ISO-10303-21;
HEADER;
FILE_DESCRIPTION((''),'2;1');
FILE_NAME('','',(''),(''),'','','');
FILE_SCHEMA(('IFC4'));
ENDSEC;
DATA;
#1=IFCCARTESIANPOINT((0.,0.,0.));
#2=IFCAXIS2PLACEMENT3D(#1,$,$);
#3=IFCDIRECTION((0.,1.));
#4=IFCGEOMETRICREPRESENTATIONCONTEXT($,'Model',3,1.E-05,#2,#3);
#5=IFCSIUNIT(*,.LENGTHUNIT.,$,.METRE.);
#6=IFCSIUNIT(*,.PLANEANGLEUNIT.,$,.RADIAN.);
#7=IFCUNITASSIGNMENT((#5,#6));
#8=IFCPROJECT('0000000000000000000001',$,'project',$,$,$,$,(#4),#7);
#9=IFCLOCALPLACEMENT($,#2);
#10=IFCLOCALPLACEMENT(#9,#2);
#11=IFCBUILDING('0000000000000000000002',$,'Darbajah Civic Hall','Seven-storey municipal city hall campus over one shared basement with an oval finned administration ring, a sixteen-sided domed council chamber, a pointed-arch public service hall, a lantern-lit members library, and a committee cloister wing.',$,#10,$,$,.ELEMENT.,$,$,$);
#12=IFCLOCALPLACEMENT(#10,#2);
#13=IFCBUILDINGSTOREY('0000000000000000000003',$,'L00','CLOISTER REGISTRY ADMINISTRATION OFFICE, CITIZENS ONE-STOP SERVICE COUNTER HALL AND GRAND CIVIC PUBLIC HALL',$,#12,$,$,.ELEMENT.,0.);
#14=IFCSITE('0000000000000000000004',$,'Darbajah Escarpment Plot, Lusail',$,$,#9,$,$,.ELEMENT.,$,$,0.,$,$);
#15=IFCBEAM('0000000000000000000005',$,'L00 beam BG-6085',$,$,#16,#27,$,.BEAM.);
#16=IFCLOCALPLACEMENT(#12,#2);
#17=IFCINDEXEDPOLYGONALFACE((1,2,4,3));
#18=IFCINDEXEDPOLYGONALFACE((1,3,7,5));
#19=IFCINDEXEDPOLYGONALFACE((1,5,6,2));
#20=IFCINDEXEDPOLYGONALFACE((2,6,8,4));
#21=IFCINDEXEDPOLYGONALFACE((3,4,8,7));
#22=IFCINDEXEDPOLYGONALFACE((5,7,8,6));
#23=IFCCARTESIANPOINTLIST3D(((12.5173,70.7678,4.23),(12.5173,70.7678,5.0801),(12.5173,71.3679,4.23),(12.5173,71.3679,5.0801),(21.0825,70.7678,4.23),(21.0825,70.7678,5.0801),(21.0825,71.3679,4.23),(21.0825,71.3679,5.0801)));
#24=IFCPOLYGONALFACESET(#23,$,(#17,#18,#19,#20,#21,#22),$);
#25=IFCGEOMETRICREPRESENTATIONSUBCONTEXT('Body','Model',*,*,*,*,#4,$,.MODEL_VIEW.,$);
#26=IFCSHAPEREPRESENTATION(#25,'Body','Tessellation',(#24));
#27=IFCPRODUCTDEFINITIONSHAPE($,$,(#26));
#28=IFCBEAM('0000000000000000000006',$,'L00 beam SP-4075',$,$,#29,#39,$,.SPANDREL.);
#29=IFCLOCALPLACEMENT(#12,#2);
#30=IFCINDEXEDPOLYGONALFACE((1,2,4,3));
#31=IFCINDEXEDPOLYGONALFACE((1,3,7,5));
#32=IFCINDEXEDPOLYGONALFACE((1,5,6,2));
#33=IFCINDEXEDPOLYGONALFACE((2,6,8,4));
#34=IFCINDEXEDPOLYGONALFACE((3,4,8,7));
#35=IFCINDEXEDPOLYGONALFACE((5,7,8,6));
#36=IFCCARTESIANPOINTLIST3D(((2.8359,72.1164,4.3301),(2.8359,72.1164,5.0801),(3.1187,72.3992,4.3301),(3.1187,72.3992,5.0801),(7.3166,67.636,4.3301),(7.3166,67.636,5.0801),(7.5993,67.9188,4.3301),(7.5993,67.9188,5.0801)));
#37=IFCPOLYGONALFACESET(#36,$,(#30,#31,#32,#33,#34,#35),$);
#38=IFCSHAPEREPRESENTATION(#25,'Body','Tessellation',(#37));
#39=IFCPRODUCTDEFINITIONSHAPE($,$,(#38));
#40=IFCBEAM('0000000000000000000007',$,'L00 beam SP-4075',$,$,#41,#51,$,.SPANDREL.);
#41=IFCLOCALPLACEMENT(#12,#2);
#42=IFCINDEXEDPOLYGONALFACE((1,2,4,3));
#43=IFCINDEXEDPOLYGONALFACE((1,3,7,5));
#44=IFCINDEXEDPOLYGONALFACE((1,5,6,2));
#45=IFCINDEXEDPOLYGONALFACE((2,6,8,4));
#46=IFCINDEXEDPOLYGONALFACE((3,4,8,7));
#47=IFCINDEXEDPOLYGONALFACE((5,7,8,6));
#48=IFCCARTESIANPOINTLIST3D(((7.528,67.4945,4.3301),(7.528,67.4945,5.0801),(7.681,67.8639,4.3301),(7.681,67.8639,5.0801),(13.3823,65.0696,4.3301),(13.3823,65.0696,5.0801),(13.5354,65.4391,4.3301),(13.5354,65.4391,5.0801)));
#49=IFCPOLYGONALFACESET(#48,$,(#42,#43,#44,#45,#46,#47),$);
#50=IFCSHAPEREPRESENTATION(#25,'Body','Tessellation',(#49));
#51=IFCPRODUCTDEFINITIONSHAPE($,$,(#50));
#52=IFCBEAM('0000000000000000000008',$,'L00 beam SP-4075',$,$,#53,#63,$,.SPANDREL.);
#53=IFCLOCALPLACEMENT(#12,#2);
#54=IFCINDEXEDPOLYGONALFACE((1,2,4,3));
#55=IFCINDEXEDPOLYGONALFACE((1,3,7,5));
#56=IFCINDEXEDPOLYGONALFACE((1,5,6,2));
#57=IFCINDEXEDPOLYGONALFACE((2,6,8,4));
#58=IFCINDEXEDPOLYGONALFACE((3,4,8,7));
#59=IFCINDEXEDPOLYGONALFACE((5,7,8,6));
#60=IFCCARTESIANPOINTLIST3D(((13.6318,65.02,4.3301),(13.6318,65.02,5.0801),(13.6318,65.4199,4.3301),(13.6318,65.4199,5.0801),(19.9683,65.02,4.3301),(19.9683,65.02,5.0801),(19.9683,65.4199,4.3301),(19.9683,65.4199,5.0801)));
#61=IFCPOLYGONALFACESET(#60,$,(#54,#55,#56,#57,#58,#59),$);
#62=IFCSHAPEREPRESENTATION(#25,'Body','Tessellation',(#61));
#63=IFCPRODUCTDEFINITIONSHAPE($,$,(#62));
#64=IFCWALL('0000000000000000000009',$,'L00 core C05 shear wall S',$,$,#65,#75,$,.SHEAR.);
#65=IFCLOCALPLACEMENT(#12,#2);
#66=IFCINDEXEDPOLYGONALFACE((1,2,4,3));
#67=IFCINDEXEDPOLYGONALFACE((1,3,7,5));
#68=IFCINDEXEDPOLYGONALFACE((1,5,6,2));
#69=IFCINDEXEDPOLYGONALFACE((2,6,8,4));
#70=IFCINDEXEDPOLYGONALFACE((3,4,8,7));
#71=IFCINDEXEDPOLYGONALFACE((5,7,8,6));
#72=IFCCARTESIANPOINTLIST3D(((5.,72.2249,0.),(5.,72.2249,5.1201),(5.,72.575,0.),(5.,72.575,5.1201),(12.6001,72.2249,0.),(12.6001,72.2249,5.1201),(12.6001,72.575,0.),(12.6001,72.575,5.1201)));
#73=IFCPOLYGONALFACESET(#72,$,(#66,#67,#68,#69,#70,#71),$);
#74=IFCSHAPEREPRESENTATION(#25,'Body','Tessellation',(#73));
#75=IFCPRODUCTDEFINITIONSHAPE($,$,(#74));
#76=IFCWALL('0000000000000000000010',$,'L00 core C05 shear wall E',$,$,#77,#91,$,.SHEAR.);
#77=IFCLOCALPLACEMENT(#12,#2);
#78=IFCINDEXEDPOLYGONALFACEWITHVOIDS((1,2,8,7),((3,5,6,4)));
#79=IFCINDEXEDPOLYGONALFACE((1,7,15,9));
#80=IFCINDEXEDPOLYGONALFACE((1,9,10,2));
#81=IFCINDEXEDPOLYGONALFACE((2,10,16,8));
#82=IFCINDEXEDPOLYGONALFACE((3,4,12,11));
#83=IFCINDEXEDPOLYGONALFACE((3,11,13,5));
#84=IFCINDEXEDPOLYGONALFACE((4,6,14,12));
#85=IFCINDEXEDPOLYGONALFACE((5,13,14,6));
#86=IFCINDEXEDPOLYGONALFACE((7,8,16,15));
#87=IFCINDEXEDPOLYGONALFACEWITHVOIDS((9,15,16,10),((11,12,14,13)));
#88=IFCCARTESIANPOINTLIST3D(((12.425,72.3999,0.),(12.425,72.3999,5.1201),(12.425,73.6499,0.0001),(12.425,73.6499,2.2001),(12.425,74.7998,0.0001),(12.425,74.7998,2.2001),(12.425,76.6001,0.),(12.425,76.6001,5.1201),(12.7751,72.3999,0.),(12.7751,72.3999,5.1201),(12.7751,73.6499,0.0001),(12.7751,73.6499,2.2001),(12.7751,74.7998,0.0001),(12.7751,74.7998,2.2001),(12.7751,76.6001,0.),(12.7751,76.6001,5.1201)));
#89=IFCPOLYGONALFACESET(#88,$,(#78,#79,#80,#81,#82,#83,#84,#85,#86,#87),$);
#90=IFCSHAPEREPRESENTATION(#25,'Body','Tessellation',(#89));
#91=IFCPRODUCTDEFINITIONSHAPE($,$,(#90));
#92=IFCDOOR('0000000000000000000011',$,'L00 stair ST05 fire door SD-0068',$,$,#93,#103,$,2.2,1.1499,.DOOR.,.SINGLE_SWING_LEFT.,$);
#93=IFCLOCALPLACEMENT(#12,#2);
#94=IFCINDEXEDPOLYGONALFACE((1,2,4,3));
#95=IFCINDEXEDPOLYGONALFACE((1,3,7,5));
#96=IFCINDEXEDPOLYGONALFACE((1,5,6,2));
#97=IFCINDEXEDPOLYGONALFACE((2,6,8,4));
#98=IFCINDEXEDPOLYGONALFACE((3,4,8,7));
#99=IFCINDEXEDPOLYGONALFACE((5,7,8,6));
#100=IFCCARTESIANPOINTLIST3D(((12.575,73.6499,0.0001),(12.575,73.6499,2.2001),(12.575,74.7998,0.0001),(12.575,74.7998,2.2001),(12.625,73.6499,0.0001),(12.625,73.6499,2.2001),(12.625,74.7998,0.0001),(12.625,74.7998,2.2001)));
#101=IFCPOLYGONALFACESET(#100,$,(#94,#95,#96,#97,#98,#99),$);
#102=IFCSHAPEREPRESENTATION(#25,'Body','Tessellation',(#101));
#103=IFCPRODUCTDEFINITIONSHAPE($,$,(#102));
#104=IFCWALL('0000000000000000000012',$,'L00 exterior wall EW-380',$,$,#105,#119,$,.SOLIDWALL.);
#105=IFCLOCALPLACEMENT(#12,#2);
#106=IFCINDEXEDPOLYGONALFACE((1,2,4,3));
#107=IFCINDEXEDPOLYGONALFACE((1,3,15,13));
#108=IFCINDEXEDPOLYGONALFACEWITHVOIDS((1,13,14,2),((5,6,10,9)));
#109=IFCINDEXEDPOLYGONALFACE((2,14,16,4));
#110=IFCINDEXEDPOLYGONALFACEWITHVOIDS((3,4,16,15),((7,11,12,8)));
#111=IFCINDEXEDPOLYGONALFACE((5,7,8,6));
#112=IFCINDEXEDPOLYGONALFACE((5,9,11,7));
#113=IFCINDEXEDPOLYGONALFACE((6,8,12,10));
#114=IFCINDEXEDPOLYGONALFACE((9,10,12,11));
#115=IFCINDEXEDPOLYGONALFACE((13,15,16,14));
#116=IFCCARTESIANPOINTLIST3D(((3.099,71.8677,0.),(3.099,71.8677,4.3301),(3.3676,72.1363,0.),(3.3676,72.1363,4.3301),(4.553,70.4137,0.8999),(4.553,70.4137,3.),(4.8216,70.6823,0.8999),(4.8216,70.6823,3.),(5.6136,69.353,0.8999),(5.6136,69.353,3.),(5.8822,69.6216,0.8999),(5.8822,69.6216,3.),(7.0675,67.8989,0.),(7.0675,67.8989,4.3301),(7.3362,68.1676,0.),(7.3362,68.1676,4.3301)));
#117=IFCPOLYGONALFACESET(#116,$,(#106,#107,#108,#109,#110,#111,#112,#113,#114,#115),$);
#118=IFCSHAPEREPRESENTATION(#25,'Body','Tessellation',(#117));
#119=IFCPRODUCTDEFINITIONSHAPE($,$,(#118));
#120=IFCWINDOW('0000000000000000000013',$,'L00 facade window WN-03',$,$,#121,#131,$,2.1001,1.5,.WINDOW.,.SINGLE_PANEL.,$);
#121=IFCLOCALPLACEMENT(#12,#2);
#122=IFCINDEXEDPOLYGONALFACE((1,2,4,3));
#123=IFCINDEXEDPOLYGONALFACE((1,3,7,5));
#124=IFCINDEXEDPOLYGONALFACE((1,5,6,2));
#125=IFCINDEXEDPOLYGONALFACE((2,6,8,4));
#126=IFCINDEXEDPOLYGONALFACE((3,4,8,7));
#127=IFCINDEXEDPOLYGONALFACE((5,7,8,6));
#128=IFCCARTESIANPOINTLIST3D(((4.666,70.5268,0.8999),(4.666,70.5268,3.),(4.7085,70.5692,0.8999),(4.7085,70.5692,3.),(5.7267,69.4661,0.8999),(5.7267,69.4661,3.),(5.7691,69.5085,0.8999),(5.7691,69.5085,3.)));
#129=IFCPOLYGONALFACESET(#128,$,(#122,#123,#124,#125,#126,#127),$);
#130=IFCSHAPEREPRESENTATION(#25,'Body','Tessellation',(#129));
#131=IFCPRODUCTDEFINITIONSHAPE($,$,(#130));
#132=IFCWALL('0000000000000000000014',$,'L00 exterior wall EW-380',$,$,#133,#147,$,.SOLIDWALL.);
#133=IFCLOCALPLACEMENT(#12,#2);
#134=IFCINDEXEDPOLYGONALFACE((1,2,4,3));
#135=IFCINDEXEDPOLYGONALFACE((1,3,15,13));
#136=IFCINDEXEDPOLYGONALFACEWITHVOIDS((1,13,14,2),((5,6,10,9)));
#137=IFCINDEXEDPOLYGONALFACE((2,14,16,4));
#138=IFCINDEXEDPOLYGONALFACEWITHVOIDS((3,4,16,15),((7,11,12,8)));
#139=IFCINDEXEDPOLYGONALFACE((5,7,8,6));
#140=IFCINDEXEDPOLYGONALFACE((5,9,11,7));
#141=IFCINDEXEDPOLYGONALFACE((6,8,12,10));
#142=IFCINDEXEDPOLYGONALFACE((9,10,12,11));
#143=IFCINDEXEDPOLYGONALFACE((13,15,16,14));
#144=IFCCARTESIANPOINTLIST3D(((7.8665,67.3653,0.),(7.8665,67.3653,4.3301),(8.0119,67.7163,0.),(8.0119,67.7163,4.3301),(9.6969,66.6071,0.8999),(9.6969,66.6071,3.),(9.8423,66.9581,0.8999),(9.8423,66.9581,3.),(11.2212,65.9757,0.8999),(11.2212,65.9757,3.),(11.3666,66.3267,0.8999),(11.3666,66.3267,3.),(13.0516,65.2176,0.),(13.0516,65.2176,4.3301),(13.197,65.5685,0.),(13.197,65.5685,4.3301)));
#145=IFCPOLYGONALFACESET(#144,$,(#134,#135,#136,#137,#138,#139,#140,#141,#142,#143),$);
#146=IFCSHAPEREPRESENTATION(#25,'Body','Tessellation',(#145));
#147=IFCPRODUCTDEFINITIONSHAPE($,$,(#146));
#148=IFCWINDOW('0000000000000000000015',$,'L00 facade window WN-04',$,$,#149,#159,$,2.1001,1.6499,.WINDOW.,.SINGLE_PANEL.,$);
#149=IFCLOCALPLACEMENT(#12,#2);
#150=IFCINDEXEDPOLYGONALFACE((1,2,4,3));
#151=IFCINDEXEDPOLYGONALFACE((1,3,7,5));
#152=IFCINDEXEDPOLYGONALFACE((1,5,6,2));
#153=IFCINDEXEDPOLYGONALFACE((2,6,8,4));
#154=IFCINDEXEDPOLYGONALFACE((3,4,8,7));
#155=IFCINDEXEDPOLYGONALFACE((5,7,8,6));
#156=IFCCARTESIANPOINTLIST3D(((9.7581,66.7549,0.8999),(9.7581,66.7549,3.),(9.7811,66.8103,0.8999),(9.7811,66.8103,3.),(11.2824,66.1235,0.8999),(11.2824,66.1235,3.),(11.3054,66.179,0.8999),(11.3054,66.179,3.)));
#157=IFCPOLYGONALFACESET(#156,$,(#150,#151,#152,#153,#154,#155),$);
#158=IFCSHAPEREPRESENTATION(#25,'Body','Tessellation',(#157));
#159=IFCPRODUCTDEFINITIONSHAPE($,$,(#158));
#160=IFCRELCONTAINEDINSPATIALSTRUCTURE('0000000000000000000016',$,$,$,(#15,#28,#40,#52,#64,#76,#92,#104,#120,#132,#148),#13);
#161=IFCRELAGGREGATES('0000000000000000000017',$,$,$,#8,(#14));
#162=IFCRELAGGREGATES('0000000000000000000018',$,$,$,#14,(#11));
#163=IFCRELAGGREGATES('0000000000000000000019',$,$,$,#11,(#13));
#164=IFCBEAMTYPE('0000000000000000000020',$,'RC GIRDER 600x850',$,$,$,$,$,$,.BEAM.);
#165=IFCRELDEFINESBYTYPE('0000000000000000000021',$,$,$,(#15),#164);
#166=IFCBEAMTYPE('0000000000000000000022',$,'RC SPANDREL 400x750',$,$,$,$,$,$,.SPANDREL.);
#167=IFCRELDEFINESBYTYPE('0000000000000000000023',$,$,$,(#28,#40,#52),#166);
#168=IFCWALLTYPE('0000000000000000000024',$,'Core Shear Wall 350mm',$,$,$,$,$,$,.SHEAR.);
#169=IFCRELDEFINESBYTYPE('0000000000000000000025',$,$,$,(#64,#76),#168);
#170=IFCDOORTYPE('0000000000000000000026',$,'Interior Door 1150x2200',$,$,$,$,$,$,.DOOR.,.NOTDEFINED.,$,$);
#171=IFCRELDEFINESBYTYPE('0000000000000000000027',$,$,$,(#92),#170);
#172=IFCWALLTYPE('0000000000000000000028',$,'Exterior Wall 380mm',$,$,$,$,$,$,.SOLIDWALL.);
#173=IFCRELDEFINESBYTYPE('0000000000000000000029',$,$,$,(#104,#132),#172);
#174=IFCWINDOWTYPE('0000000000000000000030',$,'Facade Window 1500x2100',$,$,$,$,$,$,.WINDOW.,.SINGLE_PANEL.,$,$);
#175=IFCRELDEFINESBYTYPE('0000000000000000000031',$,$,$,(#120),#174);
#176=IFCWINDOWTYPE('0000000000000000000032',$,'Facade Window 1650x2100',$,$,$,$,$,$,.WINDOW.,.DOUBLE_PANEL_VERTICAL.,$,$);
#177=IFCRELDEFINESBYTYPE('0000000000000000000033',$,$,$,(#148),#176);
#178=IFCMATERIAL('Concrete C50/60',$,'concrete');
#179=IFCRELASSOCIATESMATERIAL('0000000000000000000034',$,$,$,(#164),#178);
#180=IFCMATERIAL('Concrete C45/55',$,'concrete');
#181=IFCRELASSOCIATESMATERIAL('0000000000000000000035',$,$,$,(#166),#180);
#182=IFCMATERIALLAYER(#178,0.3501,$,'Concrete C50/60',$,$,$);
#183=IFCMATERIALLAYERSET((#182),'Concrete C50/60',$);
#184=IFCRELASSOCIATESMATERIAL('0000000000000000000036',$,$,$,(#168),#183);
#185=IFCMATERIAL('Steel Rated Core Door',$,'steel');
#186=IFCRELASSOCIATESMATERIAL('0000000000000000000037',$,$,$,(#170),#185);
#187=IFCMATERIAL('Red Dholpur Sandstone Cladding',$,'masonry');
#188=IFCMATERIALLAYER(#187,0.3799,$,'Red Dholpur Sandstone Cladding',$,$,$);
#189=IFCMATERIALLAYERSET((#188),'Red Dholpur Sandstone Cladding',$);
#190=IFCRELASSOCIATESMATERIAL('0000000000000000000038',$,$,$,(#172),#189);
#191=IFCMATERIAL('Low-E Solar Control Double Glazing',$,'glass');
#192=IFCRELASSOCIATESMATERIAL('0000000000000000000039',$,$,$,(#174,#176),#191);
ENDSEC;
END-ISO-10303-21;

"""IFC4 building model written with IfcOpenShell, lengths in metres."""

from ifc_helpers import new_model, si_unit, direction, frame, frame_2d, origin, origin_2d, place, context, subcontext, project, spatial, rectangle, extrude, material, layer, layer_set, material_profile, profile_set, type_object, element, fill, save


model = new_model("IFC4")

# Units and contexts
model_context = context("Model", 3, precision=1e-05, world=origin(), true_north=direction((0.0, 1.0)))
body_context = subcontext(model_context, "Body", "Model", "MODEL_VIEW")
ifc_project = project(units=[si_unit("LENGTHUNIT", "METRE"), si_unit("PLANEANGLEUNIT", "RADIAN")], contexts=[model_context])

# Site, building, storey
site_placement = place(None, origin())
site = spatial("IfcSite", under=ifc_project, at=site_placement, Name="Darbajah Escarpment Plot, Lusail", CompositionType="ELEMENT", RefElevation=0.0)
building_placement = place(site_placement, origin())
building = spatial("IfcBuilding", under=site, at=building_placement, Name="Darbajah Civic Hall", Description="Seven-storey municipal city hall campus over one shared basement with an oval finned administration ring, a sixteen-sided domed council chamber, a pointed-arch public service hall, a lantern-lit members library, and a committee cloister wing.", CompositionType="ELEMENT")
storey_placement = place(building_placement, origin())
storey = spatial("IfcBuildingStorey", under=building, at=storey_placement, Name="L00", Description="CLOISTER REGISTRY ADMINISTRATION OFFICE, CITIZENS ONE-STOP SERVICE COUNTER HALL AND GRAND CIVIC PUBLIC HALL", CompositionType="ELEMENT", Elevation=0.0)

# Shared definitions
ifc_material_1 = material(Name="Concrete C45/55", Category="concrete")
ifc_material_2 = material(Name="Concrete C50/60", Category="concrete")

# Beams
ifc_material_profile_1 = material_profile(ifc_material_2, rectangle(XDim=0.6001, YDim=0.8501, at=origin_2d()), Name="RC GIRDER 600x850")
ifc_profile_set_1 = profile_set([ifc_material_profile_1], Name="Concrete C50/60")
beam_type_1 = type_object("IfcBeamType", Name="RC GIRDER 600x850", PredefinedType="BEAM", material=ifc_profile_set_1)
beam_1_placement = place(storey_placement, frame((12.5173, 71.0679, 4.655), z_axis=(1.0, 0.0, 0.0), x_axis=(0.0, 1.0, 0.0)))
element("IfcBeam", 1, at=beam_1_placement, inside=storey, type_object=beam_type_1, Name="L00 beam BG-6085", PredefinedType="BEAM", context=body_context, shape_type="SweptSolid", body=[
    extrude(rectangle(XDim=0.6001, YDim=0.8501, at=origin_2d()), origin(), (0.0, 0.0, 1.0), 8.5652),
])
ifc_material_profile_2 = material_profile(ifc_material_1, rectangle(XDim=0.3999, YDim=0.75, at=origin_2d()), Name="RC SPANDREL 400x750")
ifc_profile_set_2 = profile_set([ifc_material_profile_2], Name="Concrete C45/55")
beam_type_2 = type_object("IfcBeamType", Name="RC SPANDREL 400x750", PredefinedType="SPANDREL", material=ifc_profile_set_2)
beam_2_placement = place(storey_placement, frame((2.9773, 72.2578, 4.7051), z_axis=(0.707126, -0.707088, 0.0), x_axis=(0.707088, 0.707126, 0.0)))
element("IfcBeam", 2, at=beam_2_placement, inside=storey, type_object=beam_type_2, Name="L00 beam SP-4075", PredefinedType="SPANDREL", context=body_context, shape_type="SweptSolid", body=[
    extrude(rectangle(XDim=0.3999, YDim=0.75, at=origin_2d()), origin(), (0.0, 0.0, 1.0), 6.3364),
])
beam_3_placement = place(storey_placement, frame((7.6045, 67.6792, 4.7051), z_axis=(0.923885, -0.382669, 0.0), x_axis=(0.382669, 0.923885, 0.0)))
element("IfcBeam", 3, at=beam_3_placement, inside=storey, type_object=beam_type_2, Name="L00 beam SP-4075", PredefinedType="SPANDREL", context=body_context, shape_type="SweptSolid", body=[
    extrude(rectangle(XDim=0.3999, YDim=0.75, at=origin_2d()), origin(), (0.0, 0.0, 1.0), 6.3367),
])
beam_4_placement = place(storey_placement, frame((13.6318, 65.22, 4.7051), z_axis=(1.0, 0.0, 0.0), x_axis=(0.0, 1.0, 0.0)))
element("IfcBeam", 4, at=beam_4_placement, inside=storey, type_object=beam_type_2, Name="L00 beam SP-4075", PredefinedType="SPANDREL", context=body_context, shape_type="SweptSolid", body=[
    extrude(rectangle(XDim=0.3999, YDim=0.75, at=origin_2d()), origin(), (0.0, 0.0, 1.0), 6.3364),
])

# Wall
ifc_layer_1 = layer(ifc_material_2, 0.3501, Name="Concrete C50/60")
ifc_layer_set_1 = layer_set([ifc_layer_1], Name="Concrete C50/60")
wall_type_1 = type_object("IfcWallType", Name="Core Shear Wall 350mm", PredefinedType="SHEAR", material=ifc_layer_set_1)
wall_1_placement = place(storey_placement, frame((5.0, 72.3999, 0.0), z_axis=(0.0, 0.0, 1.0), x_axis=(1.0, 0.0, 0.0)))
element("IfcWall", 5, at=wall_1_placement, inside=storey, type_object=wall_type_1, Name="L00 core C05 shear wall S", PredefinedType="SHEAR", context=body_context, shape_type="SweptSolid", body=[
    extrude(rectangle(XDim=7.6001, YDim=0.3501, at=frame_2d((3.8, 0.0))), origin(), (0.0, 0.0, 1.0), 5.1201),
])

# Wall, opening, door
wall_2_placement = place(storey_placement, frame((12.6001, 72.3999, 0.0), z_axis=(0.0, 0.0, 1.0), x_axis=(0.0, 1.0, 0.0)))
wall_2 = element("IfcWall", 6, at=wall_2_placement, inside=storey, type_object=wall_type_1, Name="L00 core C05 shear wall E", PredefinedType="SHEAR", context=body_context, shape_type="SweptSolid", body=[
    extrude(rectangle(XDim=4.2002, YDim=0.3501, at=frame_2d((2.1001, 0.0))), origin(), (0.0, 0.0, 1.0), 5.1201),
])
opening_1_placement = place(wall_2_placement, frame((1.25, 0.0, 0.0)))
opening_1 = element("IfcOpeningElement", 7, at=opening_1_placement, cuts=wall_2, PredefinedType="OPENING", context=body_context, shape_type="SweptSolid", body=[
    extrude(rectangle(XDim=1.1499, YDim=2.2, at=frame_2d((0.575, 1.1001))), frame((0.0, 0.1851, 0.0), z_axis=(0.0, -1.0, 0.0), x_axis=(1.0, 0.0, 0.0)), (0.0, 0.0, 1.0), 0.3701),
])
ifc_material_3 = material(Name="Steel Rated Core Door", Category="steel")
door_type = type_object("IfcDoorType", Name="Interior Door 1150x2200", OperationType="NOTDEFINED", PredefinedType="DOOR", material=ifc_material_3)
door_placement = place(opening_1_placement, frame((1.1499, 0.0, 0.0), z_axis=(0.0, 0.0, 1.0), x_axis=(-1.0, 0.0, 0.0)))
door = element("IfcDoor", 8, at=door_placement, inside=storey, type_object=door_type, Name="L00 stair ST05 fire door SD-0068", OperationType="SINGLE_SWING_LEFT", OverallHeight=2.2, OverallWidth=1.1499, PredefinedType="DOOR", context=body_context, shape_type="SweptSolid", body=[
    extrude(rectangle(XDim=1.1499, YDim=2.2, at=frame_2d((0.575, 1.1001))), frame((0.0, 0.0249, 0.0), z_axis=(0.0, -1.0, 0.0), x_axis=(1.0, 0.0, 0.0)), (0.0, 0.0, 1.0), 0.05),
])
fill(opening_1, door)

# Walls, openings, windows
ifc_material_4 = material(Name="Red Dholpur Sandstone Cladding", Category="masonry")
ifc_layer_2 = layer(ifc_material_4, 0.3799, Name="Red Dholpur Sandstone Cladding")
ifc_layer_set_2 = layer_set([ifc_layer_2], Name="Red Dholpur Sandstone Cladding")
wall_type_2 = type_object("IfcWallType", Name="Exterior Wall 380mm", PredefinedType="SOLIDWALL", material=ifc_layer_set_2)
wall_3_placement = place(storey_placement, frame((3.2334, 72.002, 0.0), z_axis=(0.0, 0.0, 1.0), x_axis=(0.707085, -0.707129, 0.0)))
wall_3 = element("IfcWall", 9, at=wall_3_placement, inside=storey, type_object=wall_type_2, Name="L00 exterior wall EW-380", PredefinedType="SOLIDWALL", context=body_context, shape_type="SweptSolid", body=[
    extrude(rectangle(XDim=5.6125, YDim=0.3799, at=frame_2d((2.8062, 0.0))), origin(), (0.0, 0.0, 1.0), 4.3301),
])
opening_2_placement = place(wall_3_placement, frame((2.0562, 0.0, 0.8999)))
opening_2 = element("IfcOpeningElement", 10, at=opening_2_placement, cuts=wall_3, PredefinedType="OPENING", context=body_context, shape_type="SweptSolid", body=[
    extrude(rectangle(XDim=1.5, YDim=2.1001, at=frame_2d((0.75, 1.05))), frame((0.0, 0.2, 0.0), z_axis=(0.0, -1.0, 0.0), x_axis=(1.0, 0.0, 0.0)), (0.0, 0.0, 1.0), 0.3999),
])
ifc_material_5 = material(Name="Low-E Solar Control Double Glazing", Category="glass")
window_type_1 = type_object("IfcWindowType", Name="Facade Window 1500x2100", PartitioningType="SINGLE_PANEL", PredefinedType="WINDOW", material=ifc_material_5)
window_1_placement = place(opening_2_placement, origin())
window_1 = element("IfcWindow", 11, at=window_1_placement, inside=storey, type_object=window_type_1, Name="L00 facade window WN-03", OverallHeight=2.1001, OverallWidth=1.5, PartitioningType="SINGLE_PANEL", PredefinedType="WINDOW", context=body_context, shape_type="SweptSolid", body=[
    extrude(rectangle(XDim=1.5, YDim=2.1001, at=frame_2d((0.75, 1.05))), frame((0.0, 0.03, 0.0), z_axis=(0.0, -1.0, 0.0), x_axis=(1.0, 0.0, 0.0)), (0.0, 0.0, 1.0), 0.0601),
])
fill(opening_2, window_1)
wall_4_placement = place(storey_placement, frame((7.9392, 67.5408, 0.0), z_axis=(0.0, 0.0, 1.0), x_axis=(0.923881, -0.382681, 0.0)))
wall_4 = element("IfcWall", 12, at=wall_4_placement, inside=storey, type_object=wall_type_2, Name="L00 exterior wall EW-380", PredefinedType="SOLIDWALL", context=body_context, shape_type="SweptSolid", body=[
    extrude(rectangle(XDim=5.6123, YDim=0.3799, at=frame_2d((2.8062, 0.0))), origin(), (0.0, 0.0, 1.0), 4.3301),
])
opening_3_placement = place(wall_4_placement, frame((1.9812, 0.0, 0.8999)))
opening_3 = element("IfcOpeningElement", 13, at=opening_3_placement, cuts=wall_4, PredefinedType="OPENING", context=body_context, shape_type="SweptSolid", body=[
    extrude(rectangle(XDim=1.6499, YDim=2.1001, at=frame_2d((0.825, 1.05))), frame((0.0, 0.2, 0.0), z_axis=(0.0, -1.0, 0.0), x_axis=(1.0, 0.0, 0.0)), (0.0, 0.0, 1.0), 0.3999),
])
window_type_2 = type_object("IfcWindowType", Name="Facade Window 1650x2100", PartitioningType="DOUBLE_PANEL_VERTICAL", PredefinedType="WINDOW", material=ifc_material_5)
window_2_placement = place(opening_3_placement, origin())
window_2 = element("IfcWindow", 14, at=window_2_placement, inside=storey, type_object=window_type_2, Name="L00 facade window WN-04", OverallHeight=2.1001, OverallWidth=1.6499, PartitioningType="SINGLE_PANEL", PredefinedType="WINDOW", context=body_context, shape_type="SweptSolid", body=[
    extrude(rectangle(XDim=1.6499, YDim=2.1001, at=frame_2d((0.825, 1.05))), frame((0.0, 0.03, 0.0), z_axis=(0.0, -1.0, 0.0), x_axis=(1.0, 0.0, 0.0)), (0.0, 0.0, 1.0), 0.0601),
])
fill(opening_3, window_2)

save(model, "model.ifc")
